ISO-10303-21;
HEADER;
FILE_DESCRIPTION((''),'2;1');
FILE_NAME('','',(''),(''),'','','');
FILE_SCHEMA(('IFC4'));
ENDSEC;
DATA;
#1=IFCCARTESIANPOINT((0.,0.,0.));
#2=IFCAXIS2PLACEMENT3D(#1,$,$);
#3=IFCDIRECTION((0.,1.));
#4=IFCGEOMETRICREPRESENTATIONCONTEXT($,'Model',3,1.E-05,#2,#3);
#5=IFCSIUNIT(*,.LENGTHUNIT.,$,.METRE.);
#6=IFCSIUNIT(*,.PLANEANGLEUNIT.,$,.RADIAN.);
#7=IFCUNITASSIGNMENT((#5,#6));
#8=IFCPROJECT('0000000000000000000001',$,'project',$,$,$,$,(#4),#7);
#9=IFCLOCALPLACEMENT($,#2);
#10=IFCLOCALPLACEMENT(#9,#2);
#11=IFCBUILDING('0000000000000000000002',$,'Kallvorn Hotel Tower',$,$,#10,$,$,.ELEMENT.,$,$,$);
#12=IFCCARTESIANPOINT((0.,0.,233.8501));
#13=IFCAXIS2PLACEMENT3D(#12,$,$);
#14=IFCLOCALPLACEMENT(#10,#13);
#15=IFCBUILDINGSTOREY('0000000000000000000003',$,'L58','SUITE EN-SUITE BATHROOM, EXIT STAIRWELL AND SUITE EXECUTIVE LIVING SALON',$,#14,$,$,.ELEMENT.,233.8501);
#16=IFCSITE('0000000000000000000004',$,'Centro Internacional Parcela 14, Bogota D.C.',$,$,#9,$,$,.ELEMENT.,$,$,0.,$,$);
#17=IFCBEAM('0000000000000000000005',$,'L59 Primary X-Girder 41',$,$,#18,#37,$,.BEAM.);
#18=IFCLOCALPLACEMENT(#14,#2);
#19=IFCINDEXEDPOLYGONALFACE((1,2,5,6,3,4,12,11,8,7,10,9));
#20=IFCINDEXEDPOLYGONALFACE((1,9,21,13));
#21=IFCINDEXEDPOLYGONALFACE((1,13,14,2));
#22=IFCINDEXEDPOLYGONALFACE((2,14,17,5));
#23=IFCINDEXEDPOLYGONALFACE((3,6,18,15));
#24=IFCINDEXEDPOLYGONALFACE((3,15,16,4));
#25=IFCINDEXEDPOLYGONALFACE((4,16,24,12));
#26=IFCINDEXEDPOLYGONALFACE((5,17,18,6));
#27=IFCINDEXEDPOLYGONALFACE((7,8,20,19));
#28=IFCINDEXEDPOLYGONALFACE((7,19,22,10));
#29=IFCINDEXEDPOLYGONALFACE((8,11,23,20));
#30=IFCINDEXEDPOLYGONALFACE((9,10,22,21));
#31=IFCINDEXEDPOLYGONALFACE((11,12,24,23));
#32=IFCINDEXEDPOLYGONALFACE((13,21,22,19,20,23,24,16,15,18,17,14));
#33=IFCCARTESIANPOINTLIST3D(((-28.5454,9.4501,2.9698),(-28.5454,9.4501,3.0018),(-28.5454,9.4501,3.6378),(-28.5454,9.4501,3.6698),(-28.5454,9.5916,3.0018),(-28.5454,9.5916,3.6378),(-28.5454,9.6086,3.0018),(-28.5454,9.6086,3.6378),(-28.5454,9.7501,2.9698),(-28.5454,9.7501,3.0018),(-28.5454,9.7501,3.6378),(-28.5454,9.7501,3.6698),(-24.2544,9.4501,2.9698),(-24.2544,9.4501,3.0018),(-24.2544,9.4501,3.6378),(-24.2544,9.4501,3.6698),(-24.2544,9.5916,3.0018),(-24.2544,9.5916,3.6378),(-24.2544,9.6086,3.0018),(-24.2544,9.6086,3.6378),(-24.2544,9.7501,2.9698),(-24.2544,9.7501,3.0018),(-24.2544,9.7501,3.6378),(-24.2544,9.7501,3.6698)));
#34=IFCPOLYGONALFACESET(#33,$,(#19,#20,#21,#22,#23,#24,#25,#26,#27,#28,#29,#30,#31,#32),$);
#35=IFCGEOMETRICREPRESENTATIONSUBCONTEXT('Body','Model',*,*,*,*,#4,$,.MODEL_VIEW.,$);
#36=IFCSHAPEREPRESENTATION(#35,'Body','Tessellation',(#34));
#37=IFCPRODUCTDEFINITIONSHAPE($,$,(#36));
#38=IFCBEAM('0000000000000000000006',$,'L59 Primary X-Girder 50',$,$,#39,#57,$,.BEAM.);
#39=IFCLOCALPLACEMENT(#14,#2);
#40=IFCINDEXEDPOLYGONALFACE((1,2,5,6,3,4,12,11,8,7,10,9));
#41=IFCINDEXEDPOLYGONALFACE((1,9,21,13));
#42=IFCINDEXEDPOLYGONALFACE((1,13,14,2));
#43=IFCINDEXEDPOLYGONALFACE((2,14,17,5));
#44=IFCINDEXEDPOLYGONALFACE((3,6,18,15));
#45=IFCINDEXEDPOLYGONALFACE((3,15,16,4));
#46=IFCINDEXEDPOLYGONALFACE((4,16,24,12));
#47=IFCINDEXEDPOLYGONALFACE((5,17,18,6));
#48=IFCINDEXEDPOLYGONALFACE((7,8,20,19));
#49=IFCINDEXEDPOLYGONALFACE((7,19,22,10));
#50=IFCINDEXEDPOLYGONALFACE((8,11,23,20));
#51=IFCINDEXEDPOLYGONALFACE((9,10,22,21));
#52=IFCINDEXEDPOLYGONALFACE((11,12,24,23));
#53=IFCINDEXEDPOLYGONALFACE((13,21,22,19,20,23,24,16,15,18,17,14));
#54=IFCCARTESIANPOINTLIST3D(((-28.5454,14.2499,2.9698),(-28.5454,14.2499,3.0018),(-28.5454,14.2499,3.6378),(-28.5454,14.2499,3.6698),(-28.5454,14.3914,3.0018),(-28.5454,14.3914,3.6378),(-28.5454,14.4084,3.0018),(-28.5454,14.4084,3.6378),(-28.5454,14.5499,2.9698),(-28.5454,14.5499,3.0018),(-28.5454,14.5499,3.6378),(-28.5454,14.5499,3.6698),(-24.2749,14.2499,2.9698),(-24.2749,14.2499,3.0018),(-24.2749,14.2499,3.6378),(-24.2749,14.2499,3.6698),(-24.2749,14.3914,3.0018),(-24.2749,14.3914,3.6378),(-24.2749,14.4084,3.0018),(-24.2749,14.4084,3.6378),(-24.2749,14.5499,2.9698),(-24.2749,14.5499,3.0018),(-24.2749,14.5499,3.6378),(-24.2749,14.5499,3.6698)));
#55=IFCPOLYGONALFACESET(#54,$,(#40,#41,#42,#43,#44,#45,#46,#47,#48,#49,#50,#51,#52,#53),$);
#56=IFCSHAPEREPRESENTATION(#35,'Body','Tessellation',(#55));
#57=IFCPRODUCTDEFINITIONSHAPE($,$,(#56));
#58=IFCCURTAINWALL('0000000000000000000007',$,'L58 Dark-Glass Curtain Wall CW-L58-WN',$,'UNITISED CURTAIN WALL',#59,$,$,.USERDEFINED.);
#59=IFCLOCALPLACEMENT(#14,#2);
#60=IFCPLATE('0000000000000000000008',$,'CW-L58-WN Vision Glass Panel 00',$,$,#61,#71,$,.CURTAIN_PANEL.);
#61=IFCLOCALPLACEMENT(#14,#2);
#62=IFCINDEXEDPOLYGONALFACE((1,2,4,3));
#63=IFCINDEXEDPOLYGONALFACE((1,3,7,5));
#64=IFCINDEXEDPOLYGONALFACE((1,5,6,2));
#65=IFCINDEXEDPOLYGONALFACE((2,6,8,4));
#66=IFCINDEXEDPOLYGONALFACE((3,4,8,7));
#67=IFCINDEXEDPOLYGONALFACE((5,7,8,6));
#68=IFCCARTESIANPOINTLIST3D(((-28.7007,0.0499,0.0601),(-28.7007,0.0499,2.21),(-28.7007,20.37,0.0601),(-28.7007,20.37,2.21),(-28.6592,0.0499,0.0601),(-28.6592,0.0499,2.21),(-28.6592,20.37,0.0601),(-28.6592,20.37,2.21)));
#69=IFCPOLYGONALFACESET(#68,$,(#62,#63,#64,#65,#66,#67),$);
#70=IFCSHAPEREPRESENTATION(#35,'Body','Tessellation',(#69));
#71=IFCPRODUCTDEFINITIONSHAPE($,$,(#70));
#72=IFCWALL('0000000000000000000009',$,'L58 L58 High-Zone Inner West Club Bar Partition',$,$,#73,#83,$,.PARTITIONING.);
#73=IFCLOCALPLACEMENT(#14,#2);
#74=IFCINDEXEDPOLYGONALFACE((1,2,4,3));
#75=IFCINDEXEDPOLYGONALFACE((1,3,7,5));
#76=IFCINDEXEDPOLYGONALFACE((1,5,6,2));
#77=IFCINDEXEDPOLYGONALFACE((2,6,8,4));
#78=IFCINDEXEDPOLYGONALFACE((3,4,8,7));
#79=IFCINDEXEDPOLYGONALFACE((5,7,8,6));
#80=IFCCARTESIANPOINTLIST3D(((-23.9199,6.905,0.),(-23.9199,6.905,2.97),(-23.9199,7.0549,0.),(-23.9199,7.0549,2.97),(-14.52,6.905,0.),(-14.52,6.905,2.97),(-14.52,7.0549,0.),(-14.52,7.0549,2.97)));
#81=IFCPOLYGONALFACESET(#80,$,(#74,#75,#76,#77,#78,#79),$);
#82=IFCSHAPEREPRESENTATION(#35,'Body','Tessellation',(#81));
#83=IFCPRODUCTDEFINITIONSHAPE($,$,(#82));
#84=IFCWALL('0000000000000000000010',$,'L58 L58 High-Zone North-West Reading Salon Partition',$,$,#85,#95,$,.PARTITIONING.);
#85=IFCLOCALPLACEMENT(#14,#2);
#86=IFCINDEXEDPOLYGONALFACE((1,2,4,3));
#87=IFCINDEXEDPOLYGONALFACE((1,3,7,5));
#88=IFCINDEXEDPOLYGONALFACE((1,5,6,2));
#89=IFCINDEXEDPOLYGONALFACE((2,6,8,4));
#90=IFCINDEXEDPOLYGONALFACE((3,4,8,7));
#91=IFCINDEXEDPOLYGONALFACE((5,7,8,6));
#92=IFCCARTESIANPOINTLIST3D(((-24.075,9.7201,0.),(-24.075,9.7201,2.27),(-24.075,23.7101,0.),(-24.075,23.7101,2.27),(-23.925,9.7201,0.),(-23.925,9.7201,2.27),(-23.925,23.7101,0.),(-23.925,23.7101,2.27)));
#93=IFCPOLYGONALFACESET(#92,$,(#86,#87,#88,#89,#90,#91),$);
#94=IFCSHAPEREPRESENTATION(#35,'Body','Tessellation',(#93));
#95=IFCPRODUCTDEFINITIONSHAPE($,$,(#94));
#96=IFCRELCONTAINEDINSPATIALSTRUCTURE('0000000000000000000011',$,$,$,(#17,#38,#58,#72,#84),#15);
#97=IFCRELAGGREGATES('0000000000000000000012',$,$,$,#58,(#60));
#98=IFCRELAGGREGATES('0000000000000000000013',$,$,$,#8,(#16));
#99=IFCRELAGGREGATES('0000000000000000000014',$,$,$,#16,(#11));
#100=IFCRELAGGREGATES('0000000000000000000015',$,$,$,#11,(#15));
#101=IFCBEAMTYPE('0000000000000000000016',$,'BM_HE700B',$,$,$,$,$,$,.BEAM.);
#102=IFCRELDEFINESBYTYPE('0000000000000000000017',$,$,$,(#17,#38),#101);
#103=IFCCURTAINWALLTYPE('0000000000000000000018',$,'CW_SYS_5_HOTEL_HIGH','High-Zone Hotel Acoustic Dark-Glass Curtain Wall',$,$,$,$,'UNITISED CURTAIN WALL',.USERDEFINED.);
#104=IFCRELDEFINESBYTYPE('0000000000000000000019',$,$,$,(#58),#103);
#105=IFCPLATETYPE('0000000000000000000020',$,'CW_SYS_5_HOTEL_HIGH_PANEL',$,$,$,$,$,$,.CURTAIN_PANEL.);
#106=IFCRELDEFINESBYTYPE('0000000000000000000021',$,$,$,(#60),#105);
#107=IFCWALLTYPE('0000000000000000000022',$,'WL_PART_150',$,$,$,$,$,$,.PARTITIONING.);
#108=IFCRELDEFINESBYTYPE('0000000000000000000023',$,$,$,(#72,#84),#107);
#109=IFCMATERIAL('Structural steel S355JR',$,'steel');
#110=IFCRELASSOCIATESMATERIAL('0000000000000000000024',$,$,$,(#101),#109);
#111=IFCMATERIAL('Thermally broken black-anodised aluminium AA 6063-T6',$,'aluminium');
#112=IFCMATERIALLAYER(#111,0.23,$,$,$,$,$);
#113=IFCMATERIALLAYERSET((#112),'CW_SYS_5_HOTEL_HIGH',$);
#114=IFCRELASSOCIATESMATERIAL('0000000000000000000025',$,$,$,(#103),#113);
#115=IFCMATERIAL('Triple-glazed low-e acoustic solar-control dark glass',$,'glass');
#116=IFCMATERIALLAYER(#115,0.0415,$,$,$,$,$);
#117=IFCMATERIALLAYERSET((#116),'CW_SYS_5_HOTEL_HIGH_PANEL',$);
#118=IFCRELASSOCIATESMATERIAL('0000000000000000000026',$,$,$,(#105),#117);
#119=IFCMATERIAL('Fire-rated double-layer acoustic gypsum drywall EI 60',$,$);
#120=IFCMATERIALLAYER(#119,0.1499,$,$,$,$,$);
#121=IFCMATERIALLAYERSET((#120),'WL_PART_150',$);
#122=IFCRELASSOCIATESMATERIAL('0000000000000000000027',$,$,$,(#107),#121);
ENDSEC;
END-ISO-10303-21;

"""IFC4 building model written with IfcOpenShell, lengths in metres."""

from ifc_helpers import new_model, si_unit, direction, frame, frame_2d, origin, origin_2d, place, context, subcontext, project, spatial, rectangle, i_section, extrude, material, layer, layer_set, material_profile, profile_set, type_object, element, aggregate, save


model = new_model("IFC4")

# Units and contexts
model_context = context("Model", 3, precision=1e-05, world=origin(), true_north=direction((0.0, 1.0)))
body_context = subcontext(model_context, "Body", "Model", "MODEL_VIEW")
ifc_project = project(units=[si_unit("LENGTHUNIT", "METRE"), si_unit("PLANEANGLEUNIT", "RADIAN")], contexts=[model_context])

# Site, building, storey
site_placement = place(None, origin())
site = spatial("IfcSite", under=ifc_project, at=site_placement, Name="Centro Internacional Parcela 14, Bogota D.C.", CompositionType="ELEMENT", RefElevation=0.0)
building_placement = place(site_placement, origin())
building = spatial("IfcBuilding", under=site, at=building_placement, Name="Kallvorn Hotel Tower", CompositionType="ELEMENT")
storey_placement = place(building_placement, frame((0.0, 0.0, 233.8501)))
storey = spatial("IfcBuildingStorey", under=building, at=storey_placement, Name="L58", Description="SUITE EN-SUITE BATHROOM, EXIT STAIRWELL AND SUITE EXECUTIVE LIVING SALON", CompositionType="ELEMENT", Elevation=233.8501)

# Beams
ifc_material_1 = material(Name="Structural steel S355JR", Category="steel")
ifc_material_profile_1 = material_profile(ifc_material_1, i_section(OverallWidth=0.3, OverallDepth=0.7, WebThickness=0.0171, FlangeThickness=0.032, at=origin_2d()), Name="HE 700 B")
ifc_profile_set_1 = profile_set([ifc_material_profile_1], Name="Structural steel S355JR")
beam_type_1 = type_object("IfcBeamType", Name="BM_HE700B", PredefinedType="BEAM", material=ifc_profile_set_1)
beam_1_placement = place(storey_placement, frame((-28.5454, 9.6001, 3.3198), z_axis=(1.0, 0.0, 0.0), x_axis=(0.0, 1.0, 0.0)))
element("IfcBeam", 1, at=beam_1_placement, inside=storey, type_object=beam_type_1, Name="L59 Primary X-Girder 41", PredefinedType="BEAM", context=body_context, shape_type="SweptSolid", body=[
    extrude(i_section(OverallWidth=0.3, OverallDepth=0.7, WebThickness=0.0171, FlangeThickness=0.032, at=origin_2d()), origin(), (0.0, 0.0, 1.0), 4.291),
])
beam_2_placement = place(storey_placement, frame((-28.5454, 14.3999, 3.3198), z_axis=(1.0, 0.0, 0.0), x_axis=(0.0, 1.0, 0.0)))
element("IfcBeam", 2, at=beam_2_placement, inside=storey, type_object=beam_type_1, Name="L59 Primary X-Girder 50", PredefinedType="BEAM", context=body_context, shape_type="SweptSolid", body=[
    extrude(i_section(OverallWidth=0.3, OverallDepth=0.7, WebThickness=0.0171, FlangeThickness=0.032, at=origin_2d()), origin(), (0.0, 0.0, 1.0), 4.2705),
])

# Curtain wall, plate
ifc_material_2 = material(Name="Thermally broken black-anodised aluminium AA 6063-T6", Category="aluminium")
ifc_layer_1 = layer(ifc_material_2, 0.23)
ifc_layer_set_1 = layer_set([ifc_layer_1], Name="CW_SYS_5_HOTEL_HIGH")
curtain_wall_type = type_object("IfcCurtainWallType", Name="CW_SYS_5_HOTEL_HIGH", Description="High-Zone Hotel Acoustic Dark-Glass Curtain Wall", ElementType="UNITISED CURTAIN WALL", PredefinedType="USERDEFINED", material=ifc_layer_set_1)
curtain_wall_placement = place(storey_placement, origin())
curtain_wall = element("IfcCurtainWall", 3, at=curtain_wall_placement, inside=storey, type_object=curtain_wall_type, Name="L58 Dark-Glass Curtain Wall CW-L58-WN", ObjectType="UNITISED CURTAIN WALL", PredefinedType="USERDEFINED")
ifc_material_3 = material(Name="Triple-glazed low-e acoustic solar-control dark glass", Category="glass")
ifc_layer_2 = layer(ifc_material_3, 0.0415)
ifc_layer_set_2 = layer_set([ifc_layer_2], Name="CW_SYS_5_HOTEL_HIGH_PANEL")
plate_type = type_object("IfcPlateType", Name="CW_SYS_5_HOTEL_HIGH_PANEL", PredefinedType="CURTAIN_PANEL", material=ifc_layer_set_2)
plate_placement = place(storey_placement, frame((-28.6799, 10.21, 0.0601), z_axis=(0.0, 0.0, 1.0), x_axis=(0.0, 1.0, 0.0)))
plate = element("IfcPlate", 4, at=plate_placement, type_object=plate_type, Name="CW-L58-WN Vision Glass Panel 00", PredefinedType="CURTAIN_PANEL", context=body_context, shape_type="SweptSolid", body=[
    extrude(rectangle(XDim=20.3201, YDim=0.0415, at=origin_2d()), origin(), (0.0, 0.0, 1.0), 2.1499),
])
aggregate(curtain_wall, [plate])

# Walls
ifc_material_4 = material(Name="Fire-rated double-layer acoustic gypsum drywall EI 60")
ifc_layer_3 = layer(ifc_material_4, 0.1499)
ifc_layer_set_3 = layer_set([ifc_layer_3], Name="WL_PART_150")
wall_type = type_object("IfcWallType", Name="WL_PART_150", PredefinedType="PARTITIONING", material=ifc_layer_set_3)
wall_1_placement = place(storey_placement, frame((-23.9199, 6.98, 0.0), z_axis=(0.0, 0.0, 1.0), x_axis=(1.0, 0.0, 0.0)))
element("IfcWall", 5, at=wall_1_placement, inside=storey, type_object=wall_type, Name="L58 L58 High-Zone Inner West Club Bar Partition", PredefinedType="PARTITIONING", context=body_context, shape_type="SweptSolid", body=[
    extrude(rectangle(XDim=9.3999, YDim=0.1499, at=frame_2d((4.7, 0.0))), origin(), (0.0, 0.0, 1.0), 2.97),
])
wall_2_placement = place(storey_placement, frame((-24.0, 9.72, 0.0), z_axis=(0.0, 0.0, 1.0), x_axis=(0.0, 1.0, 0.0)))
element("IfcWall", 6, at=wall_2_placement, inside=storey, type_object=wall_type, Name="L58 L58 High-Zone North-West Reading Salon Partition", PredefinedType="PARTITIONING", context=body_context, shape_type="SweptSolid", body=[
    extrude(rectangle(XDim=13.99, YDim=0.1499, at=frame_2d((6.9951, 0.0))), origin(), (0.0, 0.0, 1.0), 2.27),
])

save(model, "model.ifc")
